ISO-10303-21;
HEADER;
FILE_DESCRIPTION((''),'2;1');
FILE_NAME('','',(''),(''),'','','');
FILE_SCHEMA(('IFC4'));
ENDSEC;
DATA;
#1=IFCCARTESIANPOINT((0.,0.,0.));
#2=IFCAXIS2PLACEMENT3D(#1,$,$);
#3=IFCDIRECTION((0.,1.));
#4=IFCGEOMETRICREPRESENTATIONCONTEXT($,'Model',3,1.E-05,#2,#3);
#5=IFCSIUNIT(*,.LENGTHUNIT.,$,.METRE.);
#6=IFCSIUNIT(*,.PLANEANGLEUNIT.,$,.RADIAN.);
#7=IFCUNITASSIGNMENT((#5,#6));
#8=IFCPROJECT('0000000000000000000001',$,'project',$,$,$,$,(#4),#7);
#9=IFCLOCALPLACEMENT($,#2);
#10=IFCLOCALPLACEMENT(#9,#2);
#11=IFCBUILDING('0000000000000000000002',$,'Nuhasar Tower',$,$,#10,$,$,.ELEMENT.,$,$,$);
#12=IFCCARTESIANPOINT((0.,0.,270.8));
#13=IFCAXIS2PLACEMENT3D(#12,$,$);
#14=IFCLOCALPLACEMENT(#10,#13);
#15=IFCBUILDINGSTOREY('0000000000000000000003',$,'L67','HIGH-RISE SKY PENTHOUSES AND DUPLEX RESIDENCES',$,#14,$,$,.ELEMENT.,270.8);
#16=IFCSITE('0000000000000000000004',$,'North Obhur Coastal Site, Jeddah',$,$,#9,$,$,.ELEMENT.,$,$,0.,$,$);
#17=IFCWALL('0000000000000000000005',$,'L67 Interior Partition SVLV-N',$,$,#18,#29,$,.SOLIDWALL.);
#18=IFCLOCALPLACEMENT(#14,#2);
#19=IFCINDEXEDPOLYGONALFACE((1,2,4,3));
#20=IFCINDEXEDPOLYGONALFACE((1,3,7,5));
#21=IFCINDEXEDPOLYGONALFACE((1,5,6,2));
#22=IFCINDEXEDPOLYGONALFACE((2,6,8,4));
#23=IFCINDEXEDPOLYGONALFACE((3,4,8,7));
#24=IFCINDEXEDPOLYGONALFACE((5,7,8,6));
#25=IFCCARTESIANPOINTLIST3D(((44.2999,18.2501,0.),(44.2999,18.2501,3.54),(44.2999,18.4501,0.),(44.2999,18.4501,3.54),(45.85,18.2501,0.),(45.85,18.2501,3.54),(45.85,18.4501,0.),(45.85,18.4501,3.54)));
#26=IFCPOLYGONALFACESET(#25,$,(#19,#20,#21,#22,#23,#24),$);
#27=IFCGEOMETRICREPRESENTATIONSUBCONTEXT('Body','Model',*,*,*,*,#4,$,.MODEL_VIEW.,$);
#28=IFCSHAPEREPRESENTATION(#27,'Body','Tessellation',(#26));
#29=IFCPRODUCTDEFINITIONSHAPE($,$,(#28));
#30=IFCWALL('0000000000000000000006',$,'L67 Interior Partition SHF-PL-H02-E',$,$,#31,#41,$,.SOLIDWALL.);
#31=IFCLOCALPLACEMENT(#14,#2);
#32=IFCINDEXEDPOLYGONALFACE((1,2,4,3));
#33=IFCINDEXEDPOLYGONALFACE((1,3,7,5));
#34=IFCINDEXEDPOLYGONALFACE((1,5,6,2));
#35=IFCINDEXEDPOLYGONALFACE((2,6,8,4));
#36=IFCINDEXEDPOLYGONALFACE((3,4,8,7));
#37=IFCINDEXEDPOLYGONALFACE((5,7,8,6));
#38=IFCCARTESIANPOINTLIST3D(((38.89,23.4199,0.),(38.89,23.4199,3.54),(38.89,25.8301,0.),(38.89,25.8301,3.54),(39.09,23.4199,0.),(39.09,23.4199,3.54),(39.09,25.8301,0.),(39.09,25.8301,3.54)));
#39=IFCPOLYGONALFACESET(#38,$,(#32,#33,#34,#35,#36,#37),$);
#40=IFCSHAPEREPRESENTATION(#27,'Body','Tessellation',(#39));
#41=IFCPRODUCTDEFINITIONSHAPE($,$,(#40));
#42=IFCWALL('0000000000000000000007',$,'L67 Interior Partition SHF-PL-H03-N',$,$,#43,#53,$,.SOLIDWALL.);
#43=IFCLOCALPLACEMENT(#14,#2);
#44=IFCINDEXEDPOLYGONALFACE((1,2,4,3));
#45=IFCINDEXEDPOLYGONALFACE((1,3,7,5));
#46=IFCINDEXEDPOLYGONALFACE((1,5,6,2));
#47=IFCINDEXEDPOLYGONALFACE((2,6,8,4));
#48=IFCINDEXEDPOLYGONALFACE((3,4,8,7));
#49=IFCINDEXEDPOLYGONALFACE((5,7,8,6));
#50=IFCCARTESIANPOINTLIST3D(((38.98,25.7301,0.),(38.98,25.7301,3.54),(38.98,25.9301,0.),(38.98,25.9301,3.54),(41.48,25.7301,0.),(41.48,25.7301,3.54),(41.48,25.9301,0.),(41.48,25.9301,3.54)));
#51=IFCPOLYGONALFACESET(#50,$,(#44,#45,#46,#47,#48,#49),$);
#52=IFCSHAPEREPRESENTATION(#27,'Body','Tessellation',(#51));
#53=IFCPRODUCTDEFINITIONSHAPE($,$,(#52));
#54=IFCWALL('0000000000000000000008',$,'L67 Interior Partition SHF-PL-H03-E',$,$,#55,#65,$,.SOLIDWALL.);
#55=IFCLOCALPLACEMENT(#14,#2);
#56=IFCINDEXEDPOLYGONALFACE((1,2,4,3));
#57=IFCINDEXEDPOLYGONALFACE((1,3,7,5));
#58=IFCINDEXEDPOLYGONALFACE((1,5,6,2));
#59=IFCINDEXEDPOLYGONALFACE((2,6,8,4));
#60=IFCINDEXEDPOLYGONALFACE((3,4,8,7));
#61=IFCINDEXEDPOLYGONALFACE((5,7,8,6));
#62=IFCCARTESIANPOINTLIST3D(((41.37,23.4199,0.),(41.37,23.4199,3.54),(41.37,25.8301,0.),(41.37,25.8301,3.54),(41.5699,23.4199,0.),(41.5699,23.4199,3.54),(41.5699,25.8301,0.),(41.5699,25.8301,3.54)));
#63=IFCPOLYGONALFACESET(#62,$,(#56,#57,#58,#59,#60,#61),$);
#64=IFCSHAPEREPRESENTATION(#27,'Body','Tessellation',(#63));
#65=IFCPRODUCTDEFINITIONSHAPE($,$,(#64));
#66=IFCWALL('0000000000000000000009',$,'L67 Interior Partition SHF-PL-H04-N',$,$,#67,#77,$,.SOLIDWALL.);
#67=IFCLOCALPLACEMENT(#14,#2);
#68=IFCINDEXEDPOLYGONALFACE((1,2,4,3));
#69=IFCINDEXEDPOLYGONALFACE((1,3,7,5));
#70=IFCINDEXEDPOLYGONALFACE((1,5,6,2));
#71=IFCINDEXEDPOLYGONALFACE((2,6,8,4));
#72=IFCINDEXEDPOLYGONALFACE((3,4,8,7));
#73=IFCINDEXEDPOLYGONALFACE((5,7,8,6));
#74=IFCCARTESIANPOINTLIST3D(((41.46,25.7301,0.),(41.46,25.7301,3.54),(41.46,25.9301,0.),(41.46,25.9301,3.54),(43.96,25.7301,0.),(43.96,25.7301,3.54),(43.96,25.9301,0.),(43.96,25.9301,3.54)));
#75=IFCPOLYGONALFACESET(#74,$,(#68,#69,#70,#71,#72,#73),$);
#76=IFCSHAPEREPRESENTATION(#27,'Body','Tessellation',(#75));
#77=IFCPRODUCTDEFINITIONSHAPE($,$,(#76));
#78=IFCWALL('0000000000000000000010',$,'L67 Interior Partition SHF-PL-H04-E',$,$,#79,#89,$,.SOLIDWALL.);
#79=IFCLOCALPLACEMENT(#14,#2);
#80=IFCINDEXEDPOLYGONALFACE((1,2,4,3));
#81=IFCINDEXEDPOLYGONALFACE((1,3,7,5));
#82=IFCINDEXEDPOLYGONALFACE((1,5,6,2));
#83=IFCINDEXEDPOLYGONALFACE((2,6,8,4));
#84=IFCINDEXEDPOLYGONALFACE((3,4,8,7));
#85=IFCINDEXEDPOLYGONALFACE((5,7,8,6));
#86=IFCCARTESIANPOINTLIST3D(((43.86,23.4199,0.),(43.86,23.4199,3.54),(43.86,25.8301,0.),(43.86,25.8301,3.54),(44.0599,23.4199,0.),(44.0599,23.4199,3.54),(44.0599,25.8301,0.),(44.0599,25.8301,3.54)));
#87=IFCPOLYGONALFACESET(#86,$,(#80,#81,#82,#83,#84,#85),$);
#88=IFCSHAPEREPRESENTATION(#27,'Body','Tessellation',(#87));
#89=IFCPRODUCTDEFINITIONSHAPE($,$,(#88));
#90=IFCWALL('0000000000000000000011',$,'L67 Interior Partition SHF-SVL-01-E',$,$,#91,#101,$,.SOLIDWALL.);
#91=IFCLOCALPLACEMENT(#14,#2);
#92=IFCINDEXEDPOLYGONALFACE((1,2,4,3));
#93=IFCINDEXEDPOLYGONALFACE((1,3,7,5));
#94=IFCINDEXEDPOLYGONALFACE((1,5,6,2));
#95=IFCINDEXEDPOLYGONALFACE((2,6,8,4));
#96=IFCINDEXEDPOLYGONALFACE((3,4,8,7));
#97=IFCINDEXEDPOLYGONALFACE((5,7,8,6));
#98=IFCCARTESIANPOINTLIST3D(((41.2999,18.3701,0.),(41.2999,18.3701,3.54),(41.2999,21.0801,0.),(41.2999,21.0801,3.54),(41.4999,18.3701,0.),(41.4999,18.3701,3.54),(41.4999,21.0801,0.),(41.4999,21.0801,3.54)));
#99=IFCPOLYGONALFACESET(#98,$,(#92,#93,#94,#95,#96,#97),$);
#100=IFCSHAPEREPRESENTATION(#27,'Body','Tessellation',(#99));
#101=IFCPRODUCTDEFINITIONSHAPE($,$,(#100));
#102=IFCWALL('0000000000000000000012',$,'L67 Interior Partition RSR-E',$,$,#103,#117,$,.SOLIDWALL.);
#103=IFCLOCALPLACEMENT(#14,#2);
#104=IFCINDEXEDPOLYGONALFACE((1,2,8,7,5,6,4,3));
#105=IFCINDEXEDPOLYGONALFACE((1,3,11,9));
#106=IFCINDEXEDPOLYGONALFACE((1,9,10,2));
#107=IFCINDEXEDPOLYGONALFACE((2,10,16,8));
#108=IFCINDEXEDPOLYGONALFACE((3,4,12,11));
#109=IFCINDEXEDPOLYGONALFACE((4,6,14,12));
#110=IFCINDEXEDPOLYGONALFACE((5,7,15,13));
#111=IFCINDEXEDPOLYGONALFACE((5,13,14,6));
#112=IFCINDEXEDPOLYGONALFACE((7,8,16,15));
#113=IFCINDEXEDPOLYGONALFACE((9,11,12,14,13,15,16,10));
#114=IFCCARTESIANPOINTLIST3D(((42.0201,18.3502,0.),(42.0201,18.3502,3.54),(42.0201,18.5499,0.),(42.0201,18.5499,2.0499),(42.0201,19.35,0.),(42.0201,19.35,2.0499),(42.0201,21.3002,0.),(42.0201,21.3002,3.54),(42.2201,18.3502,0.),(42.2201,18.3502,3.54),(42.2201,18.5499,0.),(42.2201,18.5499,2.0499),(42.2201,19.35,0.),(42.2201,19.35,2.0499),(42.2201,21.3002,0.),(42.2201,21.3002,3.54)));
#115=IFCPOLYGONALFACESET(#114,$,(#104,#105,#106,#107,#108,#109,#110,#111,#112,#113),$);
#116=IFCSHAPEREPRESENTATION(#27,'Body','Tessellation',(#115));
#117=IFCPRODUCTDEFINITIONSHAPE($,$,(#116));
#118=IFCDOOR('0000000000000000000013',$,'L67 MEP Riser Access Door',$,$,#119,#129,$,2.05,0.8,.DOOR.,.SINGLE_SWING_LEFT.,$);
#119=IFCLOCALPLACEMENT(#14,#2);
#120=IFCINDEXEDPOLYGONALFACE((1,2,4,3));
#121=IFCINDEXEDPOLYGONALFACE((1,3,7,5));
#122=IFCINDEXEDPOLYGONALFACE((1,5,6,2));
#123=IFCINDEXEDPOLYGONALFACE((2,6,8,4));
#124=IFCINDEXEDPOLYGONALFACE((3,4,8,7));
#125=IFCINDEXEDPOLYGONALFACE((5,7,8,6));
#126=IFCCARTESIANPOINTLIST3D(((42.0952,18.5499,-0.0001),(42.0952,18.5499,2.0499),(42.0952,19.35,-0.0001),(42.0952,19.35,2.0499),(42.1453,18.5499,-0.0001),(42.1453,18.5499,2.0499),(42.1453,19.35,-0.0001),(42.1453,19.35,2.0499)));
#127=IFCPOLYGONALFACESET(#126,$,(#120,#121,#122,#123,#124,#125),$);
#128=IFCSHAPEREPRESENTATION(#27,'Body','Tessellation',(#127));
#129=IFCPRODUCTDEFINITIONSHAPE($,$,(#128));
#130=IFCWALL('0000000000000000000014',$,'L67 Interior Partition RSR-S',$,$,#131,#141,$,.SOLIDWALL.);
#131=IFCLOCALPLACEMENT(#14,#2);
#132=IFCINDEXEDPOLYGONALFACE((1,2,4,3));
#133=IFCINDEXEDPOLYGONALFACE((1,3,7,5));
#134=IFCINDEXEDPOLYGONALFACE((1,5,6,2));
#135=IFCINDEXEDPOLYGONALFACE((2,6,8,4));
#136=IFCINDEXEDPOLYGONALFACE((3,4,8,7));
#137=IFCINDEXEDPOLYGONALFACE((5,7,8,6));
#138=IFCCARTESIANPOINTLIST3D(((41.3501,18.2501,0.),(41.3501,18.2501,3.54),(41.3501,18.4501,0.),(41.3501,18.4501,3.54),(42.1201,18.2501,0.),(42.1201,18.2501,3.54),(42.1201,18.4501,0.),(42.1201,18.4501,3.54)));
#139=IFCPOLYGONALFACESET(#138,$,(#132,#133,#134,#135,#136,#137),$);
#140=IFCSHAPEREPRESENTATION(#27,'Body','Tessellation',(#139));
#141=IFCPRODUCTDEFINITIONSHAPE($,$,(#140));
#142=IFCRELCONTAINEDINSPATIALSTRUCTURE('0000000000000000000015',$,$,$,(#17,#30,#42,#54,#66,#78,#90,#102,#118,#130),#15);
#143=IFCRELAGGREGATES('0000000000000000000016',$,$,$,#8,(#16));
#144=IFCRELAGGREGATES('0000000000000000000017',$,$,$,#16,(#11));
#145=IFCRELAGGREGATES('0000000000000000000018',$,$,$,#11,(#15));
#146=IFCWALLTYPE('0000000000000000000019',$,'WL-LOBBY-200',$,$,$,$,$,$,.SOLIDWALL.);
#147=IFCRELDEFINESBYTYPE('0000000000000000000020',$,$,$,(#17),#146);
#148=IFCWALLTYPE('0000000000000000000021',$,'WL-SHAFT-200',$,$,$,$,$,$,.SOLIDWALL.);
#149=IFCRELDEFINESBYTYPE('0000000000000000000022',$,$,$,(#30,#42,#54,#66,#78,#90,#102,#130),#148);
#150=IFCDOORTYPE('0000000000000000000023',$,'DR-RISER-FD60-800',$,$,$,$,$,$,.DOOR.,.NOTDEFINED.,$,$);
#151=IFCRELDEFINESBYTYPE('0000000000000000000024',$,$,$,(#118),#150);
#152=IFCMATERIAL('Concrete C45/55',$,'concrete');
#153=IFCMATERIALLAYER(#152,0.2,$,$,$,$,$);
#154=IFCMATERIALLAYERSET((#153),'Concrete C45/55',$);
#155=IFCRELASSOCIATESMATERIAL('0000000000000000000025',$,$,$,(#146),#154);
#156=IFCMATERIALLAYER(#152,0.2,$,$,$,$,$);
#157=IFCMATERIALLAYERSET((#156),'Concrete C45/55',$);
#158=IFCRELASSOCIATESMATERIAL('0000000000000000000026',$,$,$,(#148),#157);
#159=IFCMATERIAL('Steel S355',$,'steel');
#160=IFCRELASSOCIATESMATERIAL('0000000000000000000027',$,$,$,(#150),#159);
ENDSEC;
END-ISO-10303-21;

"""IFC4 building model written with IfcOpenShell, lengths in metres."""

from ifc_helpers import new_model, si_unit, direction, frame, frame_2d, origin, place, context, subcontext, project, spatial, rectangle, extrude, material, layer, layer_set, type_object, element, fill, save


model = new_model("IFC4")

# Units and contexts
model_context = context("Model", 3, precision=1e-05, world=origin(), true_north=direction((0.0, 1.0)))
body_context = subcontext(model_context, "Body", "Model", "MODEL_VIEW")
ifc_project = project(units=[si_unit("LENGTHUNIT", "METRE"), si_unit("PLANEANGLEUNIT", "RADIAN")], contexts=[model_context])

# Site, building, storey
site_placement = place(None, origin())
site = spatial("IfcSite", under=ifc_project, at=site_placement, Name="North Obhur Coastal Site, Jeddah", CompositionType="ELEMENT", RefElevation=0.0)
building_placement = place(site_placement, origin())
building = spatial("IfcBuilding", under=site, at=building_placement, Name="Nuhasar Tower", CompositionType="ELEMENT")
storey_placement = place(building_placement, frame((0.0, 0.0, 270.8)))
storey = spatial("IfcBuildingStorey", under=building, at=storey_placement, Name="L67", Description="HIGH-RISE SKY PENTHOUSES AND DUPLEX RESIDENCES", CompositionType="ELEMENT", Elevation=270.8)

# Shared definitions
ifc_material_1 = material(Name="Steel S355", Category="steel")

# Shared definitions
ifc_material_2 = material(Name="Concrete C45/55", Category="concrete")
ifc_layer_1 = layer(ifc_material_2, 0.2)
ifc_layer_set_1 = layer_set([ifc_layer_1], Name="Concrete C45/55")
wall_type_1 = type_object("IfcWallType", Name="WL-LOBBY-200", PredefinedType="SOLIDWALL", material=ifc_layer_set_1)

# Walls
wall_1_placement = place(storey_placement, frame((44.3, 18.3501, 0.0), z_axis=(0.0, 0.0, 1.0), x_axis=(1.0, 0.0, 0.0)))
element("IfcWall", 1, at=wall_1_placement, inside=storey, type_object=wall_type_1, Name="L67 Interior Partition SVLV-N", PredefinedType="SOLIDWALL", context=body_context, shape_type="SweptSolid", body=[
    extrude(rectangle(XDim=1.55, YDim=0.2, at=frame_2d((0.7749, 0.0))), origin(), (0.0, 0.0, 1.0), 3.54),
])
ifc_layer_2 = layer(ifc_material_2, 0.2)
ifc_layer_set_2 = layer_set([ifc_layer_2], Name="Concrete C45/55")
wall_type_2 = type_object("IfcWallType", Name="WL-SHAFT-200", PredefinedType="SOLIDWALL", material=ifc_layer_set_2)
wall_2_placement = place(storey_placement, frame((38.99, 23.4199, 0.0), z_axis=(0.0, 0.0, 1.0), x_axis=(0.0, 1.0, 0.0)))
element("IfcWall", 2, at=wall_2_placement, inside=storey, type_object=wall_type_2, Name="L67 Interior Partition SHF-PL-H02-E", PredefinedType="SOLIDWALL", context=body_context, shape_type="SweptSolid", body=[
    extrude(rectangle(XDim=2.4102, YDim=0.2, at=frame_2d((1.2051, 0.0))), origin(), (0.0, 0.0, 1.0), 3.54),
])

# Walls
wall_3_placement = place(storey_placement, frame((38.98, 25.8301, 0.0), z_axis=(0.0, 0.0, 1.0), x_axis=(1.0, 0.0, 0.0)))
element("IfcWall", 3, at=wall_3_placement, inside=storey, type_object=wall_type_2, Name="L67 Interior Partition SHF-PL-H03-N", PredefinedType="SOLIDWALL", context=body_context, shape_type="SweptSolid", body=[
    extrude(rectangle(XDim=2.5, YDim=0.2, at=frame_2d((1.25, 0.0))), origin(), (0.0, 0.0, 1.0), 3.54),
])
wall_4_placement = place(storey_placement, frame((41.47, 23.4199, 0.0), z_axis=(0.0, 0.0, 1.0), x_axis=(0.0, 1.0, 0.0)))
element("IfcWall", 4, at=wall_4_placement, inside=storey, type_object=wall_type_2, Name="L67 Interior Partition SHF-PL-H03-E", PredefinedType="SOLIDWALL", context=body_context, shape_type="SweptSolid", body=[
    extrude(rectangle(XDim=2.4102, YDim=0.2, at=frame_2d((1.2051, 0.0))), origin(), (0.0, 0.0, 1.0), 3.54),
])

# Walls
wall_5_placement = place(storey_placement, frame((41.46, 25.8301, 0.0), z_axis=(0.0, 0.0, 1.0), x_axis=(1.0, 0.0, 0.0)))
element("IfcWall", 5, at=wall_5_placement, inside=storey, type_object=wall_type_2, Name="L67 Interior Partition SHF-PL-H04-N", PredefinedType="SOLIDWALL", context=body_context, shape_type="SweptSolid", body=[
    extrude(rectangle(XDim=2.5, YDim=0.2, at=frame_2d((1.25, 0.0))), origin(), (0.0, 0.0, 1.0), 3.54),
])
wall_6_placement = place(storey_placement, frame((43.96, 23.4199, 0.0), z_axis=(0.0, 0.0, 1.0), x_axis=(0.0, 1.0, 0.0)))
element("IfcWall", 6, at=wall_6_placement, inside=storey, type_object=wall_type_2, Name="L67 Interior Partition SHF-PL-H04-E", PredefinedType="SOLIDWALL", context=body_context, shape_type="SweptSolid", body=[
    extrude(rectangle(XDim=2.4102, YDim=0.2, at=frame_2d((1.2051, 0.0))), origin(), (0.0, 0.0, 1.0), 3.54),
])
wall_7_placement = place(storey_placement, frame((41.3999, 18.3701, 0.0), z_axis=(0.0, 0.0, 1.0), x_axis=(0.0, 1.0, 0.0)))
element("IfcWall", 7, at=wall_7_placement, inside=storey, type_object=wall_type_2, Name="L67 Interior Partition SHF-SVL-01-E", PredefinedType="SOLIDWALL", context=body_context, shape_type="SweptSolid", body=[
    extrude(rectangle(XDim=2.71, YDim=0.2, at=frame_2d((1.355, 0.0))), origin(), (0.0, 0.0, 1.0), 3.54),
])

# Wall, opening, door
wall_8_placement = place(storey_placement, frame((42.1201, 18.3501, 0.0), z_axis=(0.0, 0.0, 1.0), x_axis=(0.0, 1.0, 0.0)))
wall_8 = element("IfcWall", 8, at=wall_8_placement, inside=storey, type_object=wall_type_2, Name="L67 Interior Partition RSR-E", PredefinedType="SOLIDWALL", context=body_context, shape_type="SweptSolid", body=[
    extrude(rectangle(XDim=2.95, YDim=0.2, at=frame_2d((1.4751, 0.0))), origin(), (0.0, 0.0, 1.0), 3.54),
])
opening_1_placement = place(wall_8_placement, frame((0.2, 0.0, 0.0)))
opening_1 = element("IfcOpeningElement", 9, at=opening_1_placement, cuts=wall_8, PredefinedType="OPENING", context=body_context, shape_type="SweptSolid", body=[
    extrude(rectangle(XDim=0.8, YDim=2.05, at=frame_2d((0.3999, 1.0249))), frame((0.0, 0.1099, 0.0), z_axis=(0.0, -1.0, 0.0), x_axis=(1.0, 0.0, 0.0)), (0.0, 0.0, 1.0), 0.22),
])
door_type_1 = type_object("IfcDoorType", Name="DR-RISER-FD60-800", OperationType="NOTDEFINED", PredefinedType="DOOR", material=ifc_material_1)
door_1_placement = place(opening_1_placement, origin())
door_1 = element("IfcDoor", 10, at=door_1_placement, inside=storey, type_object=door_type_1, Name="L67 MEP Riser Access Door", OperationType="SINGLE_SWING_LEFT", OverallHeight=2.05, OverallWidth=0.8, PredefinedType="DOOR", context=body_context, shape_type="SweptSolid", body=[
    extrude(rectangle(XDim=0.8, YDim=2.05, at=frame_2d((0.3999, 1.0249))), frame((0.0, 0.0249, 0.0), z_axis=(0.0, -1.0, 0.0), x_axis=(1.0, 0.0, 0.0)), (0.0, 0.0, 1.0), 0.05),
])
fill(opening_1, door_1)

# Wall
wall_9_placement = place(storey_placement, frame((41.3501, 18.3501, 0.0), z_axis=(0.0, 0.0, 1.0), x_axis=(1.0, 0.0, 0.0)))
element("IfcWall", 11, at=wall_9_placement, inside=storey, type_object=wall_type_2, Name="L67 Interior Partition RSR-S", PredefinedType="SOLIDWALL", context=body_context, shape_type="SweptSolid", body=[
    extrude(rectangle(XDim=0.77, YDim=0.2, at=frame_2d((0.385, 0.0))), origin(), (0.0, 0.0, 1.0), 3.54),
])

save(model, "model.ifc")
